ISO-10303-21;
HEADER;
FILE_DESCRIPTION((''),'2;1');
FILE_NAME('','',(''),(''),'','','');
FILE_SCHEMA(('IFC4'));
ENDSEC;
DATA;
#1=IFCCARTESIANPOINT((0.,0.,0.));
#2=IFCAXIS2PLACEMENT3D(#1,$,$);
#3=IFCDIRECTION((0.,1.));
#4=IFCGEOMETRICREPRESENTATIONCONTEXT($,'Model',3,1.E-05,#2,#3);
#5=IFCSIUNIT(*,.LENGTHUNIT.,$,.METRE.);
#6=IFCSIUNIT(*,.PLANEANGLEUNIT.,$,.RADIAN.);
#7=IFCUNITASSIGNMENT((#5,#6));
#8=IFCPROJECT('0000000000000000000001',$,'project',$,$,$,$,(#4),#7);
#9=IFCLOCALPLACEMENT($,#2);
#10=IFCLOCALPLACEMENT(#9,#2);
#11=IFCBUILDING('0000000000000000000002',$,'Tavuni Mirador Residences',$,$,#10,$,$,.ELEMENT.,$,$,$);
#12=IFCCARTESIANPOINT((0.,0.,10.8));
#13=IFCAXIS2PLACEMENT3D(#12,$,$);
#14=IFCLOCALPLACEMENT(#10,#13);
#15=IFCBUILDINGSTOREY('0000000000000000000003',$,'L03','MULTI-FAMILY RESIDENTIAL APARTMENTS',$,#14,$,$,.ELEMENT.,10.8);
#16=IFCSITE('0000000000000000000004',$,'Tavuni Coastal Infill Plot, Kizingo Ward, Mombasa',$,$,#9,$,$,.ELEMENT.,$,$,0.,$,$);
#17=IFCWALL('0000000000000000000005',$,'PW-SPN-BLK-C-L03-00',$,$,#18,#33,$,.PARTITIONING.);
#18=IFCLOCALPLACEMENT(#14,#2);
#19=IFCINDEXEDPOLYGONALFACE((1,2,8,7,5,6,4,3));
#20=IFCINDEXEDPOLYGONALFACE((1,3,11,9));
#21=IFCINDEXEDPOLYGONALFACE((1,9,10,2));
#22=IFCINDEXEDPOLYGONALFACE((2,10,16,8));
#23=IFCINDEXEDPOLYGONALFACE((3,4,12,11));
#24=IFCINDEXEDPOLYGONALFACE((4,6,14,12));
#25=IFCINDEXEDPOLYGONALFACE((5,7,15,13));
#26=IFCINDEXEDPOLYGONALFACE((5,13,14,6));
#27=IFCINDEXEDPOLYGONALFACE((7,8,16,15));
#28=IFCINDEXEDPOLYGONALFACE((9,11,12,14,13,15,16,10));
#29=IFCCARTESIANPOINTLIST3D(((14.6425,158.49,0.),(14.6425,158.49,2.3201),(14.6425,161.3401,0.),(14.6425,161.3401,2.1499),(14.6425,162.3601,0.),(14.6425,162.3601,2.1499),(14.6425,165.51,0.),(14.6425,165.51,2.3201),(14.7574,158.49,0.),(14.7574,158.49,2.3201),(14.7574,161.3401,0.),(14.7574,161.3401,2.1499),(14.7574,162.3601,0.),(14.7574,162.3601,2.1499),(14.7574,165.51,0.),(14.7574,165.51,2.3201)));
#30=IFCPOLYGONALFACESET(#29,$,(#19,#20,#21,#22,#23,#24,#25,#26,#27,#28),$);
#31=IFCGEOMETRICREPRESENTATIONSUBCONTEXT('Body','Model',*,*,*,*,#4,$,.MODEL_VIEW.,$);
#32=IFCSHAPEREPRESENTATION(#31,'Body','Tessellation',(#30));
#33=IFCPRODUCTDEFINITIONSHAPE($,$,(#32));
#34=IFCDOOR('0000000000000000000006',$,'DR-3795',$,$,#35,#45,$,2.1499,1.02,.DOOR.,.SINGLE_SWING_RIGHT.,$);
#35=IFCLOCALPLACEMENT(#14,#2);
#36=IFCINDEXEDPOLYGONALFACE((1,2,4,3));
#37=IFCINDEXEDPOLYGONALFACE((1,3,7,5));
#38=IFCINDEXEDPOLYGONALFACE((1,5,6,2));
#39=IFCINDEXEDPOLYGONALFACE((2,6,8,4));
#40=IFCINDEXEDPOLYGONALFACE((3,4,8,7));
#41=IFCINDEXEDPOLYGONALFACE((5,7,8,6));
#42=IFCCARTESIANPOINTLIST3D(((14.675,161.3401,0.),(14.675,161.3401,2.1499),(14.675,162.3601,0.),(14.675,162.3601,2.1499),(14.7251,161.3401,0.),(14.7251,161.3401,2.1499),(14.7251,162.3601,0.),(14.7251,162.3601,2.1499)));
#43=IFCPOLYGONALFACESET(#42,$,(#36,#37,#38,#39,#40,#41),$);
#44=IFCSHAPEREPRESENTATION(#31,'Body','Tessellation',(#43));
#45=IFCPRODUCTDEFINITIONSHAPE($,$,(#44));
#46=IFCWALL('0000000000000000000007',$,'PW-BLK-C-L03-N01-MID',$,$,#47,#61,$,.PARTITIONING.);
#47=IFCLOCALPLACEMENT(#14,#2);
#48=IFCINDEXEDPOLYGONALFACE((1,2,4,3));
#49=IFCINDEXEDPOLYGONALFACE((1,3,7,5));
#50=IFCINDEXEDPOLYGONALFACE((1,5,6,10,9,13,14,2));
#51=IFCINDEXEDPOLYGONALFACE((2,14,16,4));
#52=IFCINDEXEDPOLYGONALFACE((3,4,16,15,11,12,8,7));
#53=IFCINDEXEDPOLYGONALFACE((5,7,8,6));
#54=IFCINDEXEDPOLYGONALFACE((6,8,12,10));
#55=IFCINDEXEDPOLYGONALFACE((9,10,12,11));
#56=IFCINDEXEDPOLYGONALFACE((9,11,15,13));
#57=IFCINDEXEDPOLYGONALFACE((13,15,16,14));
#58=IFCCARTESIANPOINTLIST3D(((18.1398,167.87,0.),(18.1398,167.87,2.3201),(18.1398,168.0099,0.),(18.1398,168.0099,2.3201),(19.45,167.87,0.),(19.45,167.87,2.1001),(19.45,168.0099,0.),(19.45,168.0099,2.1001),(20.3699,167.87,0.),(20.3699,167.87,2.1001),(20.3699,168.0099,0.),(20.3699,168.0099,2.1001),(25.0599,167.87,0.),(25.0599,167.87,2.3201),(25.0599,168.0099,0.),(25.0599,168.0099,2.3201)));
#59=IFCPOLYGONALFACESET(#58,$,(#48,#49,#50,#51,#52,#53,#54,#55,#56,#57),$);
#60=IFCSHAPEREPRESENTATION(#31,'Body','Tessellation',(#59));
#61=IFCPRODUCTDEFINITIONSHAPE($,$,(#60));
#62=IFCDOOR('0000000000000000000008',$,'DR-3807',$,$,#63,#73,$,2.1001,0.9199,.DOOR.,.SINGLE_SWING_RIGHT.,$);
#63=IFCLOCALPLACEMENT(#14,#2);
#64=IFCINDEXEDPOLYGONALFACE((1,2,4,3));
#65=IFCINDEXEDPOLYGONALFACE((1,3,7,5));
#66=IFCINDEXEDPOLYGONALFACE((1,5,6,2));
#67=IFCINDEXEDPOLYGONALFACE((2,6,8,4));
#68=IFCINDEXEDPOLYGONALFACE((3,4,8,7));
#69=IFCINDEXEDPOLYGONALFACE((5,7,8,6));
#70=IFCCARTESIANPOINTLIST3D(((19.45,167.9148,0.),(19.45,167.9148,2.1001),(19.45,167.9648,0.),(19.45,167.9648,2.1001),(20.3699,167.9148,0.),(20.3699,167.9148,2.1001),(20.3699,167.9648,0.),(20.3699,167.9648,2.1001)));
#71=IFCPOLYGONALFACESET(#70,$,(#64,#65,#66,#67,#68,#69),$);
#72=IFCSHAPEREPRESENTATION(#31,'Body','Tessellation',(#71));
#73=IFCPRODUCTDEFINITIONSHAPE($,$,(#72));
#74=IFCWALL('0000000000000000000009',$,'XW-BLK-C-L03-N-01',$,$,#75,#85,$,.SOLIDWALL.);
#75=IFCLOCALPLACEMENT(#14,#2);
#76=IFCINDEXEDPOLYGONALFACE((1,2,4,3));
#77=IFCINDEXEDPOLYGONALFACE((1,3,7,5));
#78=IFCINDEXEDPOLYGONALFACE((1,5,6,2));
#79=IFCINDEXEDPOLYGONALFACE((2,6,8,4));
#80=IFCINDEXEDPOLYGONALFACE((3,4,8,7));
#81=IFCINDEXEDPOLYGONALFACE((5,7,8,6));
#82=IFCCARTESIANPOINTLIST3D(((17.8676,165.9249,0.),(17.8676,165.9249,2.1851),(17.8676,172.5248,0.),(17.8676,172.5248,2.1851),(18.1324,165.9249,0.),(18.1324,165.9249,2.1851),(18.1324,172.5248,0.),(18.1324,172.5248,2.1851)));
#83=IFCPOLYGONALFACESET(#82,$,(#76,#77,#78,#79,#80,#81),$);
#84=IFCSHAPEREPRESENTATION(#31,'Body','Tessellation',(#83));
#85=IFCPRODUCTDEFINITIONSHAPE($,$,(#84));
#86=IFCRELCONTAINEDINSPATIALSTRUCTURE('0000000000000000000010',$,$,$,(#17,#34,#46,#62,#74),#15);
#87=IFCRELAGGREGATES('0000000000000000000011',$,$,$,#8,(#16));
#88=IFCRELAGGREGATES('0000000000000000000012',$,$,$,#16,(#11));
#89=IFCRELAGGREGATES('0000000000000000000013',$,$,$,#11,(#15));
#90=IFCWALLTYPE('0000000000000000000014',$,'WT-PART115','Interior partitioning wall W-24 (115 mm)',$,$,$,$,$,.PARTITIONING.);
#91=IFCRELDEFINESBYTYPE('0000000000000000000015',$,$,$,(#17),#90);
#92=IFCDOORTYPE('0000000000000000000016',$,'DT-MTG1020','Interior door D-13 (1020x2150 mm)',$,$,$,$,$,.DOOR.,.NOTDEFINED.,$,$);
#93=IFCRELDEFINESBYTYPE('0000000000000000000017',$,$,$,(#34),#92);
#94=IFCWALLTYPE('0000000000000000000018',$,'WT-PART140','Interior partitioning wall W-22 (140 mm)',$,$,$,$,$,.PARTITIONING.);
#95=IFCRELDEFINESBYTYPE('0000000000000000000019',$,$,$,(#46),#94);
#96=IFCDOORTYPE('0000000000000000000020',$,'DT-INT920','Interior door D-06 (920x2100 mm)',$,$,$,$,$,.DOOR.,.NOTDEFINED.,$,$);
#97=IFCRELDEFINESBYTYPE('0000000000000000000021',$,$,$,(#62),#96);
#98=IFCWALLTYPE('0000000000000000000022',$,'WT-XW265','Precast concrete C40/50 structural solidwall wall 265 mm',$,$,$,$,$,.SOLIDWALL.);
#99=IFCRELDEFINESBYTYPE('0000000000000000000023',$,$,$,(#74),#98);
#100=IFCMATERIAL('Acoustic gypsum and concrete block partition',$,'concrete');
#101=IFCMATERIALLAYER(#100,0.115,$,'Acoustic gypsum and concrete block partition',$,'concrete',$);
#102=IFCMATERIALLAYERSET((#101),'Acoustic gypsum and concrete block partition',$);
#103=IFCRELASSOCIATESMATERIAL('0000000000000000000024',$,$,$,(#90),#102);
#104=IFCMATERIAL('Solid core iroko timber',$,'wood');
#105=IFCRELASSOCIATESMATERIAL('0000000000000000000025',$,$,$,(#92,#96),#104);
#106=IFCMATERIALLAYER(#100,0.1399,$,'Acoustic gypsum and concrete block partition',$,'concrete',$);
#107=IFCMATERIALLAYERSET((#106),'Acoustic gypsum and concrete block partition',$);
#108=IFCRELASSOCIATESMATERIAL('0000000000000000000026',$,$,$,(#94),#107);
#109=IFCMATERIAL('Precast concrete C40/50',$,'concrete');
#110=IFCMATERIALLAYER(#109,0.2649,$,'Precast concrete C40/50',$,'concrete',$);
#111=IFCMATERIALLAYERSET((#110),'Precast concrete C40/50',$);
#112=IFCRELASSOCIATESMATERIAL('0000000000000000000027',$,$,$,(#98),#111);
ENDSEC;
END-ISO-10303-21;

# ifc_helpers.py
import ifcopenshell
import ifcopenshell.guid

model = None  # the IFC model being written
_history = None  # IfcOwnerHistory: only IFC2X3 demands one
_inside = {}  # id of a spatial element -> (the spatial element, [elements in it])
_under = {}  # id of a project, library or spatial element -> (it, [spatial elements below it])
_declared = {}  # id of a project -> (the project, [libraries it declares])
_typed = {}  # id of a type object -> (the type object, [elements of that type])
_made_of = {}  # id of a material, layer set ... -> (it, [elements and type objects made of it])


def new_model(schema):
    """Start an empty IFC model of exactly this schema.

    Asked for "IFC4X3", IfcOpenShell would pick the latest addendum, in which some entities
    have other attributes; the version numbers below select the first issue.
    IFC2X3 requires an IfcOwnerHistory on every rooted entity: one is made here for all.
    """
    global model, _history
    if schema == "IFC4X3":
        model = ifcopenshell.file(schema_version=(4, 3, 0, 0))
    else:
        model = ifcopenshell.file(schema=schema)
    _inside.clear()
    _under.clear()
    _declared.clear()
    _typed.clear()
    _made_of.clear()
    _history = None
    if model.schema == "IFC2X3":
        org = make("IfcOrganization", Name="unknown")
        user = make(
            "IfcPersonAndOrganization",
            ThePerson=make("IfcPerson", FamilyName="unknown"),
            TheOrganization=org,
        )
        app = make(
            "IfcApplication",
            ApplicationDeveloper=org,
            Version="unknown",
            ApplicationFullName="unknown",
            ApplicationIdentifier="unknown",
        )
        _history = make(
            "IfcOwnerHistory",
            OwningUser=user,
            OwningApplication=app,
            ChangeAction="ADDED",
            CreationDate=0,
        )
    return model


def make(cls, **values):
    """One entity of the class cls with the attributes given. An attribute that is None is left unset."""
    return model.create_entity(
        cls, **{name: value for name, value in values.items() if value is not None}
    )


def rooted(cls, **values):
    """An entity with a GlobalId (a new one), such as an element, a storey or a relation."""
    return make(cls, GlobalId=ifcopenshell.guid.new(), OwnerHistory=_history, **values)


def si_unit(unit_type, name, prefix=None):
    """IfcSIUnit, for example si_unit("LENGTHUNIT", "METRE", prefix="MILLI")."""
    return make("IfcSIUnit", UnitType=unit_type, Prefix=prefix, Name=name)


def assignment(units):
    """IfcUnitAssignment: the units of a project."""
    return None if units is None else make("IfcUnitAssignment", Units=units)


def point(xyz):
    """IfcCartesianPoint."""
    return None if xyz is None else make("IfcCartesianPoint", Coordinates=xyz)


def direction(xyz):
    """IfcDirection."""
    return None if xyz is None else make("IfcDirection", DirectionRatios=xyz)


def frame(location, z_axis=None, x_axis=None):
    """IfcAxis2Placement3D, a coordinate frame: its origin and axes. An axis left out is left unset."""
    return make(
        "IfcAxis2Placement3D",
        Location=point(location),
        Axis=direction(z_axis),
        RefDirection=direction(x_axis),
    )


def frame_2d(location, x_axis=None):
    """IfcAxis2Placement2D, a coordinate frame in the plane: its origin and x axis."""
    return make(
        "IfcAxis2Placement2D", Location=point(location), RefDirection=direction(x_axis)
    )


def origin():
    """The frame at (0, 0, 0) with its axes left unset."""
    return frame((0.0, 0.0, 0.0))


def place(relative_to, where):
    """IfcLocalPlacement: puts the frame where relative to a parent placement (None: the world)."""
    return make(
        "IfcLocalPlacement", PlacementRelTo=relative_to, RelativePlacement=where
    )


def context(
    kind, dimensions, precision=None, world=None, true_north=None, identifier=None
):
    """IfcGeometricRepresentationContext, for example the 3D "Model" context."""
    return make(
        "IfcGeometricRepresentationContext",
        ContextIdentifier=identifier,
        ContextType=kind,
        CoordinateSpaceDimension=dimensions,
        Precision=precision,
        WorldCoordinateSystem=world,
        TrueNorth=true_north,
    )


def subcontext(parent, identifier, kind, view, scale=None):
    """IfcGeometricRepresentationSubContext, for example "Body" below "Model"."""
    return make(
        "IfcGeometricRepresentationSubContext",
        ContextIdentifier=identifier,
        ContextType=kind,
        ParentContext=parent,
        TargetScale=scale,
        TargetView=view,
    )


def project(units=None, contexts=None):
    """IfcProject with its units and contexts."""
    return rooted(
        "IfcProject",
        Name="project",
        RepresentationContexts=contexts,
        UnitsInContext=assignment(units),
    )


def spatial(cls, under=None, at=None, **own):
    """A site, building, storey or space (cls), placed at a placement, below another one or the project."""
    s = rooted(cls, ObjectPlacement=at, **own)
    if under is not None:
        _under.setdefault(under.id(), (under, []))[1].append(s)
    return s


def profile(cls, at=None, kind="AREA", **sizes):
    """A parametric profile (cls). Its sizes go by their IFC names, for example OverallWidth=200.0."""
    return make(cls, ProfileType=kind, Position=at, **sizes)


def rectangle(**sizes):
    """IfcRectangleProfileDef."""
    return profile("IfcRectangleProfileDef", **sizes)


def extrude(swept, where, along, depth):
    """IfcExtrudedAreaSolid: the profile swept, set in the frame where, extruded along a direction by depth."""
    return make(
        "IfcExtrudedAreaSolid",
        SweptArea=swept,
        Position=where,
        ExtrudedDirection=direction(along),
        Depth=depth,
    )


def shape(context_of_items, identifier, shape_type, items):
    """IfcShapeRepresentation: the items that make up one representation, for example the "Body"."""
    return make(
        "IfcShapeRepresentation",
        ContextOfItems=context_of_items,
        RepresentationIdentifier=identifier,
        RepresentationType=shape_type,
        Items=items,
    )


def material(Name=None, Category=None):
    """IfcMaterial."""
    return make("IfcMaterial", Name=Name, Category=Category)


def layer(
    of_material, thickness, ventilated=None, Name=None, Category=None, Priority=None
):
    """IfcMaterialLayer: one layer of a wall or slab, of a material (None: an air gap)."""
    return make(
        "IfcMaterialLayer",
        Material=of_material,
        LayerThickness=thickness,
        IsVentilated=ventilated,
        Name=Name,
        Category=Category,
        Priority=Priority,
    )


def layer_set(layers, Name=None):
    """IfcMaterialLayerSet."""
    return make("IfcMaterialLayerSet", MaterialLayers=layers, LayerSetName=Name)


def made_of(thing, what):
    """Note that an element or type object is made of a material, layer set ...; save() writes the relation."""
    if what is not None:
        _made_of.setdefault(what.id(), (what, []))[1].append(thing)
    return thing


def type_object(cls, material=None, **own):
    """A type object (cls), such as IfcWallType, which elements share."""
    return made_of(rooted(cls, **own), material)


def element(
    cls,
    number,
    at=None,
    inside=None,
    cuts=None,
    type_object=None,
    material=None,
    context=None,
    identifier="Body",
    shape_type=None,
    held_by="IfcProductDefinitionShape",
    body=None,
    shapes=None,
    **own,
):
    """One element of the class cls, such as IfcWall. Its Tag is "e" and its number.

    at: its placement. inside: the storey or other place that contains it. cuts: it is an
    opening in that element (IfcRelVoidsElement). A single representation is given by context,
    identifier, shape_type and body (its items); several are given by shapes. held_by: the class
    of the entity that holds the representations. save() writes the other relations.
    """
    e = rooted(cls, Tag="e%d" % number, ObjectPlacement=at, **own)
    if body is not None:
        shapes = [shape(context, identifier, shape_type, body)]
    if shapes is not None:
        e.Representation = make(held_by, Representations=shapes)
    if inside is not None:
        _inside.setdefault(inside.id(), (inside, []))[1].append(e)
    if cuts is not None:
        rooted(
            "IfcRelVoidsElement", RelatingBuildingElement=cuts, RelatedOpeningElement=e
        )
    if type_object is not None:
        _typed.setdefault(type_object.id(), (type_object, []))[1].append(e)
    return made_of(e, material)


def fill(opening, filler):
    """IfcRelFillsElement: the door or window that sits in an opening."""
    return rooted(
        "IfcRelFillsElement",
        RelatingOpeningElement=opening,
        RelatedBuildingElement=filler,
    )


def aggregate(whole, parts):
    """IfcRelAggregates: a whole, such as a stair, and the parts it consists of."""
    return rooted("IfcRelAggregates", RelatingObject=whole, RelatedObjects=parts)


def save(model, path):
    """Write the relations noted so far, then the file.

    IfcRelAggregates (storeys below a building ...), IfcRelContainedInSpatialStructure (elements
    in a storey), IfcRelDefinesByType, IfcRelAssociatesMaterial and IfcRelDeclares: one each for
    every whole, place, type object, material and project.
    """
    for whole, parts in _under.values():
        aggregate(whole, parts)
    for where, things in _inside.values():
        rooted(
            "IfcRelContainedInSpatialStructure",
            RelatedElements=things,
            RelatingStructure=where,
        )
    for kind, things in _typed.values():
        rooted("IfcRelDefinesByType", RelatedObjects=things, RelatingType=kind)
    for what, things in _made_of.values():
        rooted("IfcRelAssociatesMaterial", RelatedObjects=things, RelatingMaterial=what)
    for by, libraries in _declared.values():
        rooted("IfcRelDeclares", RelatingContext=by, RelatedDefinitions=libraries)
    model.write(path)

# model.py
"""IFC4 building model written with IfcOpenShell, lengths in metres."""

from ifc_helpers import new_model, si_unit, direction, frame, frame_2d, origin, place, context, subcontext, project, spatial, rectangle, extrude, material, layer, layer_set, type_object, element, fill, save


model = new_model("IFC4")

# Units and contexts
model_context = context("Model", 3, precision=1e-05, world=origin(), true_north=direction((0.0, 1.0)))
body_context = subcontext(model_context, "Body", "Model", "MODEL_VIEW")
ifc_project = project(units=[si_unit("LENGTHUNIT", "METRE"), si_unit("PLANEANGLEUNIT", "RADIAN")], contexts=[model_context])

# Site, building, storey
site_placement = place(None, origin())
site = spatial("IfcSite", under=ifc_project, at=site_placement, Name="Tavuni Coastal Infill Plot, Kizingo Ward, Mombasa", CompositionType="ELEMENT", RefElevation=0.0)
building_placement = place(site_placement, origin())
building = spatial("IfcBuilding", under=site, at=building_placement, Name="Tavuni Mirador Residences", CompositionType="ELEMENT")
storey_placement = place(building_placement, frame((0.0, 0.0, 10.8)))
storey = spatial("IfcBuildingStorey", under=building, at=storey_placement, Name="L03", Description="MULTI-FAMILY RESIDENTIAL APARTMENTS", CompositionType="ELEMENT", Elevation=10.8)

# Shared definitions
ifc_material_1 = material(Name="Precast concrete C40/50", Category="concrete")

# Shared definitions
ifc_material_2 = material(Name="Solid core iroko timber", Category="wood")

# Walls, openings, doors
ifc_material_3 = material(Name="Acoustic gypsum and concrete block partition", Category="concrete")
ifc_layer_1 = layer(ifc_material_3, 0.115, Name="Acoustic gypsum and concrete block partition", Category="concrete")
ifc_layer_set_1 = layer_set([ifc_layer_1], Name="Acoustic gypsum and concrete block partition")
wall_type_1 = type_object("IfcWallType", Name="WT-PART115", Description="Interior partitioning wall W-24 (115 mm)", PredefinedType="PARTITIONING", material=ifc_layer_set_1)
wall_1_placement = place(storey_placement, frame((14.7, 158.49, 0.0), z_axis=(0.0, 0.0, 1.0), x_axis=(0.0, 1.0, 0.0)))
wall_1 = element("IfcWall", 1, at=wall_1_placement, inside=storey, type_object=wall_type_1, Name="PW-SPN-BLK-C-L03-00", PredefinedType="PARTITIONING", context=body_context, shape_type="SweptSolid", body=[
    extrude(rectangle(XDim=7.02, YDim=0.115, at=frame_2d((3.51, 0.0))), origin(), (0.0, 0.0, 1.0), 2.3201),
])
opening_1_placement = place(wall_1_placement, frame((2.8501, 0.0, 0.0)))
opening_1 = element("IfcOpeningElement", 2, at=opening_1_placement, cuts=wall_1, PredefinedType="OPENING", context=body_context, shape_type="SweptSolid", body=[
    extrude(rectangle(XDim=1.02, YDim=2.1499, at=frame_2d((0.51, 1.075))), frame((0.0, 0.0674, 0.0), z_axis=(0.0, -1.0, 0.0), x_axis=(1.0, 0.0, 0.0)), (0.0, 0.0, 1.0), 0.135),
])
door_type_1 = type_object("IfcDoorType", Name="DT-MTG1020", Description="Interior door D-13 (1020x2150 mm)", OperationType="NOTDEFINED", PredefinedType="DOOR", material=ifc_material_2)
door_1_placement = place(opening_1_placement, origin())
door_1 = element("IfcDoor", 3, at=door_1_placement, inside=storey, type_object=door_type_1, Name="DR-3795", OperationType="SINGLE_SWING_RIGHT", OverallHeight=2.1499, OverallWidth=1.02, PredefinedType="DOOR", context=body_context, shape_type="SweptSolid", body=[
    extrude(rectangle(XDim=1.02, YDim=2.1499, at=frame_2d((0.51, 1.075))), frame((0.0, 0.0249, 0.0), z_axis=(0.0, -1.0, 0.0), x_axis=(1.0, 0.0, 0.0)), (0.0, 0.0, 1.0), 0.05),
])
fill(opening_1, door_1)
ifc_layer_2 = layer(ifc_material_3, 0.1399, Name="Acoustic gypsum and concrete block partition", Category="concrete")
ifc_layer_set_2 = layer_set([ifc_layer_2], Name="Acoustic gypsum and concrete block partition")
wall_type_2 = type_object("IfcWallType", Name="WT-PART140", Description="Interior partitioning wall W-22 (140 mm)", PredefinedType="PARTITIONING", material=ifc_layer_set_2)
wall_2_placement = place(storey_placement, frame((18.1399, 167.9399, 0.0), z_axis=(0.0, 0.0, 1.0), x_axis=(1.0, 0.0, 0.0)))
wall_2 = element("IfcWall", 4, at=wall_2_placement, inside=storey, type_object=wall_type_2, Name="PW-BLK-C-L03-N01-MID", PredefinedType="PARTITIONING", context=body_context, shape_type="SweptSolid", body=[
    extrude(rectangle(XDim=6.9202, YDim=0.1399, at=frame_2d((3.46, 0.0))), origin(), (0.0, 0.0, 1.0), 2.3201),
])
opening_2_placement = place(wall_2_placement, frame((1.3101, 0.0, 0.0)))
opening_2 = element("IfcOpeningElement", 5, at=opening_2_placement, cuts=wall_2, PredefinedType="OPENING", context=body_context, shape_type="SweptSolid", body=[
    extrude(rectangle(XDim=0.9199, YDim=2.1001, at=frame_2d((0.46, 1.05))), frame((0.0, 0.0801, 0.0), z_axis=(0.0, -1.0, 0.0), x_axis=(1.0, 0.0, 0.0)), (0.0, 0.0, 1.0), 0.1599),
])
door_type_2 = type_object("IfcDoorType", Name="DT-INT920", Description="Interior door D-06 (920x2100 mm)", OperationType="NOTDEFINED", PredefinedType="DOOR", material=ifc_material_2)
door_2_placement = place(opening_2_placement, origin())
door_2 = element("IfcDoor", 6, at=door_2_placement, inside=storey, type_object=door_type_2, Name="DR-3807", OperationType="SINGLE_SWING_RIGHT", OverallHeight=2.1001, OverallWidth=0.9199, PredefinedType="DOOR", context=body_context, shape_type="SweptSolid", body=[
    extrude(rectangle(XDim=0.9199, YDim=2.1001, at=frame_2d((0.46, 1.05))), frame((0.0, 0.0249, 0.0), z_axis=(0.0, -1.0, 0.0), x_axis=(1.0, 0.0, 0.0)), (0.0, 0.0, 1.0), 0.05),
])
fill(opening_2, door_2)

# Wall
ifc_layer_3 = layer(ifc_material_1, 0.2649, Name="Precast concrete C40/50", Category="concrete")
ifc_layer_set_3 = layer_set([ifc_layer_3], Name="Precast concrete C40/50")
wall_type_3 = type_object("IfcWallType", Name="WT-XW265", Description="Precast concrete C40/50 structural solidwall wall 265 mm", PredefinedType="SOLIDWALL", material=ifc_layer_set_3)
wall_3_placement = place(storey_placement, frame((18.0, 165.925, 0.0), z_axis=(0.0, 0.0, 1.0), x_axis=(0.0, 1.0, 0.0)))
element("IfcWall", 7, at=wall_3_placement, inside=storey, type_object=wall_type_3, Name="XW-BLK-C-L03-N-01", PredefinedType="SOLIDWALL", context=body_context, shape_type="SweptSolid", body=[
    extrude(rectangle(XDim=6.5999, YDim=0.2649, at=frame_2d((3.2998, 0.0))), origin(), (0.0, 0.0, 1.0), 2.1851),
])

save(model, "model.ifc")
